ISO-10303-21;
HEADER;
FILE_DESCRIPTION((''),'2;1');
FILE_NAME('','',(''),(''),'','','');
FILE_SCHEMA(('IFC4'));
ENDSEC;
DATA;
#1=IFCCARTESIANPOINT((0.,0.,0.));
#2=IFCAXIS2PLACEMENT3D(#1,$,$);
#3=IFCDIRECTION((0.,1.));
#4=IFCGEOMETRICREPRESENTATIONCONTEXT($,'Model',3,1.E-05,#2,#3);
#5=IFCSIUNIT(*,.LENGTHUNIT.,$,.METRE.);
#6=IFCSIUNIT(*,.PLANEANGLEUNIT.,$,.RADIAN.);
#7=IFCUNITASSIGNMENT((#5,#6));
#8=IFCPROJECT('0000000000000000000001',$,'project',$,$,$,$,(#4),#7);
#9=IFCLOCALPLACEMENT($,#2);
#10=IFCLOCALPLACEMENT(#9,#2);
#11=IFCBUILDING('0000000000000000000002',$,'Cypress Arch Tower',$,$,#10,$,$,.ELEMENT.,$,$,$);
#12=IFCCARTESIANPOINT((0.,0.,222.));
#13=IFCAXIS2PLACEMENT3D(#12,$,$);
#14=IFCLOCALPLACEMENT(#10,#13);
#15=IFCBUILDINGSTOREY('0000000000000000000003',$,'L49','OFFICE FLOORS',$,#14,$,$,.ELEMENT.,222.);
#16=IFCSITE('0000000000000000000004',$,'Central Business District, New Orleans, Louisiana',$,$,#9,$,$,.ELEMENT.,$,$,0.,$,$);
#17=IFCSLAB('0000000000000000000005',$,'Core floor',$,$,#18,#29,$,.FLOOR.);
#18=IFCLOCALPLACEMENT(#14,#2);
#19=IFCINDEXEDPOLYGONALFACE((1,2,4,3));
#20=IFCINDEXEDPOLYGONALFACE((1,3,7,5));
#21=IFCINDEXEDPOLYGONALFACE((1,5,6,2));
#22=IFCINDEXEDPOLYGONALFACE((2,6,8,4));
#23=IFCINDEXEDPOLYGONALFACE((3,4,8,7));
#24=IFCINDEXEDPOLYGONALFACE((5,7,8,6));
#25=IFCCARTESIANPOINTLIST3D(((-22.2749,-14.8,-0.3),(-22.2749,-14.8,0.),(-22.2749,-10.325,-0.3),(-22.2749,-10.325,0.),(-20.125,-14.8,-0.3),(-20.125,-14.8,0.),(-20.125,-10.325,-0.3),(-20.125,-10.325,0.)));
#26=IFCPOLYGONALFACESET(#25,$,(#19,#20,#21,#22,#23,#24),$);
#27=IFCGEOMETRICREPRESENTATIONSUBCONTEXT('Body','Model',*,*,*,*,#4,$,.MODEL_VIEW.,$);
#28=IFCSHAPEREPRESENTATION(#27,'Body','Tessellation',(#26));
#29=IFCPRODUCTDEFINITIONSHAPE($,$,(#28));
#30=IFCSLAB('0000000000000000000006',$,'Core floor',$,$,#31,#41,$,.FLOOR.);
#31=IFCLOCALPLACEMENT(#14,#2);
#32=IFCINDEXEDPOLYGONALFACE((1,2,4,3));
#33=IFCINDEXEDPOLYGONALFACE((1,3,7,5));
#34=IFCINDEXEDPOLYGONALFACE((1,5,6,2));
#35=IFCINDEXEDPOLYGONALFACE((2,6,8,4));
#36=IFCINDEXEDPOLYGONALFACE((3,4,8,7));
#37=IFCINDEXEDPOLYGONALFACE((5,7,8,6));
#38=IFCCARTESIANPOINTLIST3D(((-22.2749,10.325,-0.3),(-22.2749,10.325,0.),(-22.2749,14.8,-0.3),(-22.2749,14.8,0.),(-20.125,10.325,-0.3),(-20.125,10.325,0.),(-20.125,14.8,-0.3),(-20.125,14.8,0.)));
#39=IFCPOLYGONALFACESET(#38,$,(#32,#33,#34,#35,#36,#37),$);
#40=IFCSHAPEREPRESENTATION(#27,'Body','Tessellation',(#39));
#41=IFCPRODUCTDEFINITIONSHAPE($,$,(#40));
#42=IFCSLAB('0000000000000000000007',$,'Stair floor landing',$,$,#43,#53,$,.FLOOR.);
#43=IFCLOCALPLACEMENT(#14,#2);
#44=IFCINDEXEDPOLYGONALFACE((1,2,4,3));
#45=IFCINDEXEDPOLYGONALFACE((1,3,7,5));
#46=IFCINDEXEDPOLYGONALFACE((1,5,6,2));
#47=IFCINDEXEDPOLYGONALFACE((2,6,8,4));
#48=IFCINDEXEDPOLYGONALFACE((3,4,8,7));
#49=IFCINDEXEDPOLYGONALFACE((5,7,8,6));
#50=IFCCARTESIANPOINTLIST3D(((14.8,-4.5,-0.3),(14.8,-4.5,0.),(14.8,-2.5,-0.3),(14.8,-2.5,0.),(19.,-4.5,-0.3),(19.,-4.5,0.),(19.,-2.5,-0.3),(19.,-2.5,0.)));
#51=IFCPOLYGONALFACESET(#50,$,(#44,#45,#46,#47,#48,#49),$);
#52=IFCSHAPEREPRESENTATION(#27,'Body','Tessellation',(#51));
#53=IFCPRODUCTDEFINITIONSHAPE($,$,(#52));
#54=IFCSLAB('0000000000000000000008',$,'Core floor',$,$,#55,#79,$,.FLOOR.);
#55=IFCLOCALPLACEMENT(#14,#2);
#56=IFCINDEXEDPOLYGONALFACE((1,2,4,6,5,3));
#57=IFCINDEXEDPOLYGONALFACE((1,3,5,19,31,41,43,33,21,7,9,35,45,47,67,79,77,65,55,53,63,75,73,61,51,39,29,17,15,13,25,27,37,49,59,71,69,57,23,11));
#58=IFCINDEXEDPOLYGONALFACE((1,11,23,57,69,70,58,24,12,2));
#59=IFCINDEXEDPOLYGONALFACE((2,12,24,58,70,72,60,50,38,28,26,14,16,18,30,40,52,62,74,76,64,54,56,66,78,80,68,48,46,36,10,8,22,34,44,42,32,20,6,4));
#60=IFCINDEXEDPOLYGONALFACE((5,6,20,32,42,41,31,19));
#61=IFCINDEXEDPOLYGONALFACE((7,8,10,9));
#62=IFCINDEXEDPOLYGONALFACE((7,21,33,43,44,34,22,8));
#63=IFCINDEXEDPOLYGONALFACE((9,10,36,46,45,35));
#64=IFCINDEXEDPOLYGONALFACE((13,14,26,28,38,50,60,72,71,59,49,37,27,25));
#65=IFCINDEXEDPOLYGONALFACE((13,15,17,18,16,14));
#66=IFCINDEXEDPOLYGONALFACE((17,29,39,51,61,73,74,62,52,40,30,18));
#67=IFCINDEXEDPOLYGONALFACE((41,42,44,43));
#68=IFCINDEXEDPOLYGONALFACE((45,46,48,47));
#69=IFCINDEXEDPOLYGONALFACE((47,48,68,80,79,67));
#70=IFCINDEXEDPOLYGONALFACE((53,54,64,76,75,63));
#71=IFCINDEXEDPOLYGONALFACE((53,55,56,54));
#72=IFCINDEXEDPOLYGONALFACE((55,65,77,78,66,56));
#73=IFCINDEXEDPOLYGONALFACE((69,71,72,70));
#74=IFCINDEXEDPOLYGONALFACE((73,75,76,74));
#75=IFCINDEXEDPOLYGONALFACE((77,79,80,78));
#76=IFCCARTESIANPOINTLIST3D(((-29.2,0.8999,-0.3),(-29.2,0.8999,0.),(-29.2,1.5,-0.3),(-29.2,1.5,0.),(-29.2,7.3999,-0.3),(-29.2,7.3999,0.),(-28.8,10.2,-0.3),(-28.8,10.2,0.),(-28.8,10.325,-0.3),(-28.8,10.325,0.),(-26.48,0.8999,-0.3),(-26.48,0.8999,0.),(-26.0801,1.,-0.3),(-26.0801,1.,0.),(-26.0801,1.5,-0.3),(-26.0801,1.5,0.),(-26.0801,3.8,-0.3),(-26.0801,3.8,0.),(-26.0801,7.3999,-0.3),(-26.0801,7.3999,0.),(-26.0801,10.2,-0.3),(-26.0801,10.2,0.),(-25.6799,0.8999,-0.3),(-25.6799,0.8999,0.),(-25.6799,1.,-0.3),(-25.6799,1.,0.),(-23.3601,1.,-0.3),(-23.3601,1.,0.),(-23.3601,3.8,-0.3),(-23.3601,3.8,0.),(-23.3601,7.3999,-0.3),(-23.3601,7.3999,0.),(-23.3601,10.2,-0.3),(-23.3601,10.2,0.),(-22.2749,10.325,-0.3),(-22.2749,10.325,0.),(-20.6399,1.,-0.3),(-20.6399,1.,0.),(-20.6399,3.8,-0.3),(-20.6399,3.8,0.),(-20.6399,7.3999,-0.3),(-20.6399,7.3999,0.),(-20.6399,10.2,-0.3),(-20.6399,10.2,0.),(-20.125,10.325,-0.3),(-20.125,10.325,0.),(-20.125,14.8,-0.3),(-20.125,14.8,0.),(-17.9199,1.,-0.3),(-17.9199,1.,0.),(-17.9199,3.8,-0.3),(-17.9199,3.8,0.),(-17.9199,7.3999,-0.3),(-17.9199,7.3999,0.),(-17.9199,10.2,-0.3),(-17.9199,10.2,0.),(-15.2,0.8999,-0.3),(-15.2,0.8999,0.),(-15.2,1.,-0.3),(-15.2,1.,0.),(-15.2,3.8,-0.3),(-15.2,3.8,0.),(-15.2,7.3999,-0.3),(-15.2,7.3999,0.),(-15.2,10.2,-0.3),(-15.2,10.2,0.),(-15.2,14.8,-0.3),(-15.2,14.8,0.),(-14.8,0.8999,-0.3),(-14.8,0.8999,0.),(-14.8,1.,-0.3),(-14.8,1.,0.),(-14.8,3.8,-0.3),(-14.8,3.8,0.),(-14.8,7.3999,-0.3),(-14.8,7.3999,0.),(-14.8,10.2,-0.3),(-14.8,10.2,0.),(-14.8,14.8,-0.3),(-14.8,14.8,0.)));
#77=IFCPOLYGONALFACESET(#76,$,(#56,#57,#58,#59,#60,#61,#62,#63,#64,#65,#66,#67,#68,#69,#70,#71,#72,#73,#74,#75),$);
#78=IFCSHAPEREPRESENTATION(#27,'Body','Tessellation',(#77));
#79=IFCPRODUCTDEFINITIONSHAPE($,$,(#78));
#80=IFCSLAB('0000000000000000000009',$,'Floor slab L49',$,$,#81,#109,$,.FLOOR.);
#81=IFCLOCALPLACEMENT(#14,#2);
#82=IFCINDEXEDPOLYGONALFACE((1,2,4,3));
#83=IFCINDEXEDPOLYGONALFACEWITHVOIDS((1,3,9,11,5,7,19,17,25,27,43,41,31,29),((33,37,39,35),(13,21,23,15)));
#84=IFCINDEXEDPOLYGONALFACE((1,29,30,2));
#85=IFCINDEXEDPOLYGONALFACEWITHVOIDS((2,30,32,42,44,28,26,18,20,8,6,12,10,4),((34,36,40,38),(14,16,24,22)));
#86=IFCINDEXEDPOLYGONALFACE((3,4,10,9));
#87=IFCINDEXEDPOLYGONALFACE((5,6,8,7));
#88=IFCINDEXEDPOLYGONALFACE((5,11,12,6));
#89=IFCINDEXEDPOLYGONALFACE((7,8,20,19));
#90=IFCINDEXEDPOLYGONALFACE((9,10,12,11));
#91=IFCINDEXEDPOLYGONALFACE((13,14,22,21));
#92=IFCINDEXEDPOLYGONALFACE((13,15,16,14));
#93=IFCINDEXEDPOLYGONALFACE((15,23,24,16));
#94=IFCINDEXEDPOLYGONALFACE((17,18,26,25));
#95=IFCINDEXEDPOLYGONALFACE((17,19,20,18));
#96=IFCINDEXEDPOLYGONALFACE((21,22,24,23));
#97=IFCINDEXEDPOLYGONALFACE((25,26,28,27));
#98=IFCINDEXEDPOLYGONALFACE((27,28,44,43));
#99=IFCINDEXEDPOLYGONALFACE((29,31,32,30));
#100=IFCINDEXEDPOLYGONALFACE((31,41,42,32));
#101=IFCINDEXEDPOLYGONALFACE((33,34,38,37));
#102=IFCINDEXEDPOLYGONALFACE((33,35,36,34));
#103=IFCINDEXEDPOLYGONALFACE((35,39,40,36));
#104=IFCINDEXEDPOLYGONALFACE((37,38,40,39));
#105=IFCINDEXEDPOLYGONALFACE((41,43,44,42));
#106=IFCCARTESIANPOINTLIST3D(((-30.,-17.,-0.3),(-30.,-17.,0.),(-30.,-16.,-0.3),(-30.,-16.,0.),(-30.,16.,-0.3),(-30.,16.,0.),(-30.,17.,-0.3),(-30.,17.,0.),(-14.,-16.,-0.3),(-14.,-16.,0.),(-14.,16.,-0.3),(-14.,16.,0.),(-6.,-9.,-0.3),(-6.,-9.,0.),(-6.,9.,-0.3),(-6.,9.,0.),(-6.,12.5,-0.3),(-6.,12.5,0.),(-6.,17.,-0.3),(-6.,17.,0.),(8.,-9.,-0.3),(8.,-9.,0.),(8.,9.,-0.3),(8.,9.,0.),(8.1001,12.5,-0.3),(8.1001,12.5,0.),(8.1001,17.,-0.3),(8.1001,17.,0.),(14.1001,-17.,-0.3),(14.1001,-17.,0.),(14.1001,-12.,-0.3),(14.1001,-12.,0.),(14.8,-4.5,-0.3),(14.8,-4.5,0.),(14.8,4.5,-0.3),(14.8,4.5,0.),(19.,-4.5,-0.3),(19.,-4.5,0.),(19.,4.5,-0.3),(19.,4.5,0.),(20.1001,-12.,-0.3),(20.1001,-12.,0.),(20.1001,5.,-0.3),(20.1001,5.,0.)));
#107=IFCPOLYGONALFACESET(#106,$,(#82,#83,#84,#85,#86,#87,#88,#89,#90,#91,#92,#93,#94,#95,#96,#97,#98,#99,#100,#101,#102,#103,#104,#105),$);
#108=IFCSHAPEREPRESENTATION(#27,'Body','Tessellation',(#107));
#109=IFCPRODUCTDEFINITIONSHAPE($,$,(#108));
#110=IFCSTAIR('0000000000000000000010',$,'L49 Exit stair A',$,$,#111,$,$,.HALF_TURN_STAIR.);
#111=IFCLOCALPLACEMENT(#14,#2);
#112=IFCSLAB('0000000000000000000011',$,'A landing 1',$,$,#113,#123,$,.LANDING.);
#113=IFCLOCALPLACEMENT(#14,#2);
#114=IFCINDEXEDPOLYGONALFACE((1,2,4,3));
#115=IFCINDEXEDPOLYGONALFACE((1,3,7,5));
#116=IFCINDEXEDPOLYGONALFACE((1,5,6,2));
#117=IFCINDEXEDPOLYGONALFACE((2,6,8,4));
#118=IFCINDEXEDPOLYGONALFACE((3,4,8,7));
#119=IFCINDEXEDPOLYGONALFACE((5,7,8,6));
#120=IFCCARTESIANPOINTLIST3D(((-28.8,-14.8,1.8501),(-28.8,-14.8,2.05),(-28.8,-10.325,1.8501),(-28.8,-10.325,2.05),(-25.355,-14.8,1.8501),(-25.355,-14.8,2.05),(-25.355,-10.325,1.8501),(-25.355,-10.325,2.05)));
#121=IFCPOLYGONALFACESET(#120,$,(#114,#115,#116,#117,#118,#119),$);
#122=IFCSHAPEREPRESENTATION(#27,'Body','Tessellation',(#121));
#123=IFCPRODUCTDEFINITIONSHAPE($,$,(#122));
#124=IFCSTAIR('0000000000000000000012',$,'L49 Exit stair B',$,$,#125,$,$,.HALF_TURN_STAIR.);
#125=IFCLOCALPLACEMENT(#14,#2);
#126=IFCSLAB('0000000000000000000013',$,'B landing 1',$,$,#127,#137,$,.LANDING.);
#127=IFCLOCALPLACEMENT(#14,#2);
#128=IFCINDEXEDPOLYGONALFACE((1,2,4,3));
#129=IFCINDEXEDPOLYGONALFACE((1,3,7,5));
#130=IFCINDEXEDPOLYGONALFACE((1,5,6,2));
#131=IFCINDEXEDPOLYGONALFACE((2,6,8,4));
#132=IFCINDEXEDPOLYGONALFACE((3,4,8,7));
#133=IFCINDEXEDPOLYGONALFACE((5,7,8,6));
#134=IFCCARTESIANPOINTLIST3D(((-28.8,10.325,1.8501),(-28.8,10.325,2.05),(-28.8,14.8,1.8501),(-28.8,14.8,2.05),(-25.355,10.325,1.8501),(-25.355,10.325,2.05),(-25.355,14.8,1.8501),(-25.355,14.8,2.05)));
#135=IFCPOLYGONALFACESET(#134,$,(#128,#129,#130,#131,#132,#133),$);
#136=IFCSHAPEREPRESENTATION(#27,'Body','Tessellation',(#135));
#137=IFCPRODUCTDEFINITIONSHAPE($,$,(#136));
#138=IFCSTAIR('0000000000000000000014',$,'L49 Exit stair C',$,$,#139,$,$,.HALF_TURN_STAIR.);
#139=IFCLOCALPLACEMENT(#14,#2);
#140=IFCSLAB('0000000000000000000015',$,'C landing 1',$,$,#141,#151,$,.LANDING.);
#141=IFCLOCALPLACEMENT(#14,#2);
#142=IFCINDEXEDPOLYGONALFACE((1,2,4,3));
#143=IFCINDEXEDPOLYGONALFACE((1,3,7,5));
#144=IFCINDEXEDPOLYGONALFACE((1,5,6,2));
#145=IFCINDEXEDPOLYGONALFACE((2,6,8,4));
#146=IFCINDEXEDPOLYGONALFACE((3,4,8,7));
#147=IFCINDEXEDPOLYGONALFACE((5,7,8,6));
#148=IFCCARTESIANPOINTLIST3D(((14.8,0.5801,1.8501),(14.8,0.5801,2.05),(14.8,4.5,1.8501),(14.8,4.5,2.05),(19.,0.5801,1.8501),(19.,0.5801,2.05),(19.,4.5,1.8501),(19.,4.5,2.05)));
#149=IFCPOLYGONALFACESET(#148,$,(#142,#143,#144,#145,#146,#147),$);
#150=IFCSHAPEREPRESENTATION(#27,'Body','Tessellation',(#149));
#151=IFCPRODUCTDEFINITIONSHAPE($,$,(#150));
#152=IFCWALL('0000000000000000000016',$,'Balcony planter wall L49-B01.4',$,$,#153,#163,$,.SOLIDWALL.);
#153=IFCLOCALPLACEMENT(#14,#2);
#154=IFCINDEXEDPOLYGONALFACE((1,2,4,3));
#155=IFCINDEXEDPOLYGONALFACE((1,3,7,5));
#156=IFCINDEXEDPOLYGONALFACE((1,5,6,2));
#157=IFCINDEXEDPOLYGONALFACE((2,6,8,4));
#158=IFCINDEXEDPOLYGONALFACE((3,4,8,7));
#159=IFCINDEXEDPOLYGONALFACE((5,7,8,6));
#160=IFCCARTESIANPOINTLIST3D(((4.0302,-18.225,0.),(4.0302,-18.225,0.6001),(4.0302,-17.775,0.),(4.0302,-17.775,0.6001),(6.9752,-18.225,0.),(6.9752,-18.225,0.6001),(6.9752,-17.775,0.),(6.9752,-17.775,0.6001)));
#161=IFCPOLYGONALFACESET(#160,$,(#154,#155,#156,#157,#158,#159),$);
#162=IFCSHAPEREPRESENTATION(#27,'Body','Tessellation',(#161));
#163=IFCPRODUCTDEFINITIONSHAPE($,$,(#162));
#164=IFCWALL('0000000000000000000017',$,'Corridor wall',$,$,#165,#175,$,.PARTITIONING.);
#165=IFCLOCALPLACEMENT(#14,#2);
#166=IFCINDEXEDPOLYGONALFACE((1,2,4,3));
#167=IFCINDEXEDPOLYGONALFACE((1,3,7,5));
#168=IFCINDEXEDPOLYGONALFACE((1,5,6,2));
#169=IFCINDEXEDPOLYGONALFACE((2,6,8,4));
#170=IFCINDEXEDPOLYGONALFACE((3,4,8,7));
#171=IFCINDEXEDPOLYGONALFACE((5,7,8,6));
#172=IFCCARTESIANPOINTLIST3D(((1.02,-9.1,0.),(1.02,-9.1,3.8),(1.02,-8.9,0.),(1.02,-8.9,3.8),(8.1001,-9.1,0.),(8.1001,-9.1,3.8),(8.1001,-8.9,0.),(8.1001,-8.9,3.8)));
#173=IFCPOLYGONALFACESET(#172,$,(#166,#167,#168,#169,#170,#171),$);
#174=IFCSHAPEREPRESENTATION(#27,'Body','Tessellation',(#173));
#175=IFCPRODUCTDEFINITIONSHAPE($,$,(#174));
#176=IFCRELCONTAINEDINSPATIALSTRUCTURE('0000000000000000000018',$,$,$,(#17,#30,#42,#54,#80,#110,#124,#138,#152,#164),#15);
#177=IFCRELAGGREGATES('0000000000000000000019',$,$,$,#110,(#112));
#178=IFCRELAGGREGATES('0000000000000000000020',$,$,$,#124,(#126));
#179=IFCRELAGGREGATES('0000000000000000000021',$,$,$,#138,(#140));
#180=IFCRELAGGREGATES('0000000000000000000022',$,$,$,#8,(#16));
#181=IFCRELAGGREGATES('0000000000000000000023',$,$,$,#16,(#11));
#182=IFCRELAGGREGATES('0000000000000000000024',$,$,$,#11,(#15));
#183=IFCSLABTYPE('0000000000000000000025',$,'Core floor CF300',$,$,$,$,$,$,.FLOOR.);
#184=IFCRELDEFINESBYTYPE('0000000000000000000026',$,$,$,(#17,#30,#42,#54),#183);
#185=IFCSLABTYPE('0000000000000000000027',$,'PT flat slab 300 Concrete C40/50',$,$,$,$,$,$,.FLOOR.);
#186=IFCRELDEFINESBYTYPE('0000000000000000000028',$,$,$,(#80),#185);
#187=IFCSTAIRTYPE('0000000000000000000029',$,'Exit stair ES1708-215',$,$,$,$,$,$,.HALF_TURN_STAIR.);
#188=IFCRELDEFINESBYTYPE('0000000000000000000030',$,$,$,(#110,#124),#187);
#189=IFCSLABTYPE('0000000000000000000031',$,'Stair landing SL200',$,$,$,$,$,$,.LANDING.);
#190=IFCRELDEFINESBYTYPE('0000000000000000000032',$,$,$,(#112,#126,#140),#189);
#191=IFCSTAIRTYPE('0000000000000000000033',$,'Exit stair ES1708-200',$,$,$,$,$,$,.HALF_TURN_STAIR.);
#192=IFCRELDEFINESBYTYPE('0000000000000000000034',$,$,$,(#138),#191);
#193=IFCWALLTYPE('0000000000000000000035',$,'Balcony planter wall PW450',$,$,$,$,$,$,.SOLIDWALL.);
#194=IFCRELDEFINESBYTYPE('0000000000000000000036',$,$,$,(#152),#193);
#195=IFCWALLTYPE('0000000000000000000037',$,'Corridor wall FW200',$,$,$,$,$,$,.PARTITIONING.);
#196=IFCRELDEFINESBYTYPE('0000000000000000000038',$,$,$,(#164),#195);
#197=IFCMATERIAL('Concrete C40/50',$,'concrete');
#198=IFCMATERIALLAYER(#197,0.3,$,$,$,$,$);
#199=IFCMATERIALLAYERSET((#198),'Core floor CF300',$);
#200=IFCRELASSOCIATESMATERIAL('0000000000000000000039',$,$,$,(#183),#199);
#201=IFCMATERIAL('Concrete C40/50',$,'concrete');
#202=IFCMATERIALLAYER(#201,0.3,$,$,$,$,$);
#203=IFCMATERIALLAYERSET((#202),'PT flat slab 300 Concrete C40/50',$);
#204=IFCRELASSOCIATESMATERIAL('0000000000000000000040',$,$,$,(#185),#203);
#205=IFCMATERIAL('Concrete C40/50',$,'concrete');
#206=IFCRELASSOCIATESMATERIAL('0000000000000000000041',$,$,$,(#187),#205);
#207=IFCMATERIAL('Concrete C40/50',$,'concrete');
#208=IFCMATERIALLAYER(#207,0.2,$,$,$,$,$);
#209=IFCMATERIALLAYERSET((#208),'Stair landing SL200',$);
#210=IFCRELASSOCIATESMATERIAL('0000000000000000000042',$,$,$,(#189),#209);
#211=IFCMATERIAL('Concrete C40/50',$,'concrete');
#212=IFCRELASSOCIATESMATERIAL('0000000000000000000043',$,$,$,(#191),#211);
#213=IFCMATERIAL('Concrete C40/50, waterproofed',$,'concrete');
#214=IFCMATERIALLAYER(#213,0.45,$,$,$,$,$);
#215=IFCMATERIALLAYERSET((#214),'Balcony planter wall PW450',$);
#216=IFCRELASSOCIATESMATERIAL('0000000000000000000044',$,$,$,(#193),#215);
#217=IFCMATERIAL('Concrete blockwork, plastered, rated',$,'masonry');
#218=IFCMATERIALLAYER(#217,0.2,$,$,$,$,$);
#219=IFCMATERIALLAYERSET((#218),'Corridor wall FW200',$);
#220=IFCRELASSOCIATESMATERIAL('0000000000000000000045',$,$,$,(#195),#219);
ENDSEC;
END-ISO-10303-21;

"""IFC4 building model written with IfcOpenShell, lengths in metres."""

from ifc_helpers import new_model, si_unit, direction, frame, frame_2d, origin, place, context, subcontext, project, spatial, polyline, rectangle, outline, extrude, material, layer, layer_set, type_object, element, aggregate, save


model = new_model("IFC4")

# Units and contexts
model_context = context("Model", 3, precision=1e-05, world=origin(), true_north=direction((0.0, 1.0)))
body_context = subcontext(model_context, "Body", "Model", "MODEL_VIEW")
ifc_project = project(units=[si_unit("LENGTHUNIT", "METRE"), si_unit("PLANEANGLEUNIT", "RADIAN")], contexts=[model_context])

# Site, building, storey
site_placement = place(None, origin())
site = spatial("IfcSite", under=ifc_project, at=site_placement, Name="Central Business District, New Orleans, Louisiana", CompositionType="ELEMENT", RefElevation=0.0)
building_placement = place(site_placement, origin())
building = spatial("IfcBuilding", under=site, at=building_placement, Name="Cypress Arch Tower", CompositionType="ELEMENT")
storey_placement = place(building_placement, frame((0.0, 0.0, 222.0)))
storey = spatial("IfcBuildingStorey", under=building, at=storey_placement, Name="L49", Description="OFFICE FLOORS", CompositionType="ELEMENT", Elevation=222.0)

# Slabs
ifc_material_1 = material(Name="Concrete C40/50", Category="concrete")
ifc_layer_1 = layer(ifc_material_1, 0.3)
ifc_layer_set_1 = layer_set([ifc_layer_1], Name="Core floor CF300")
slab_type_1 = type_object("IfcSlabType", Name="Core floor CF300", PredefinedType="FLOOR", material=ifc_layer_set_1)
slab_1_placement = place(storey_placement, frame((0.0, 0.0, -0.3)))
element("IfcSlab", 1, at=slab_1_placement, inside=storey, type_object=slab_type_1, Name="Core floor", PredefinedType="FLOOR", context=body_context, shape_type="SweptSolid", body=[
    extrude(outline(polyline([(-22.2749, -10.325), (-22.2749, -14.8), (-20.125, -14.8), (-20.125, -10.325), (-22.2749, -10.325)])), origin(), (0.0, 0.0, 1.0), 0.3),
])
slab_2_placement = place(storey_placement, frame((0.0, 0.0, -0.3)))
element("IfcSlab", 2, at=slab_2_placement, inside=storey, type_object=slab_type_1, Name="Core floor", PredefinedType="FLOOR", context=body_context, shape_type="SweptSolid", body=[
    extrude(outline(polyline([(-20.125, 14.8), (-22.2749, 14.8), (-22.2749, 10.325), (-20.125, 10.325), (-20.125, 14.8)])), origin(), (0.0, 0.0, 1.0), 0.3),
])
slab_3_placement = place(storey_placement, frame((0.0, 0.0, -0.3)))
element("IfcSlab", 3, at=slab_3_placement, inside=storey, type_object=slab_type_1, Name="Stair floor landing", PredefinedType="FLOOR", context=body_context, shape_type="SweptSolid", body=[
    extrude(outline(polyline([(19.0, -4.5), (19.0, -2.5), (14.8, -2.5), (14.8, -4.5), (19.0, -4.5)])), origin(), (0.0, 0.0, 1.0), 0.3),
])
slab_4_placement = place(storey_placement, frame((0.0, 0.0, -0.3)))
element("IfcSlab", 4, at=slab_4_placement, inside=storey, type_object=slab_type_1, Name="Core floor", PredefinedType="FLOOR", context=body_context, shape_type="SweptSolid", body=[
    extrude(outline(polyline([(-20.6399, 7.3999), (-20.6399, 10.2), (-23.3601, 10.2), (-26.0801, 10.2), (-28.8, 10.2), (-28.8, 10.325), (-22.2749, 10.325), (-20.125, 10.325), (-20.125, 14.8), (-15.2, 14.8), (-14.8, 14.8), (-14.8, 10.2), (-15.2, 10.2), (-17.9199, 10.2), (-17.9199, 7.3999), (-15.2, 7.3999), (-14.8, 7.3999), (-14.8, 3.8), (-15.2, 3.8), (-17.9199, 3.8), (-20.6399, 3.8), (-23.3601, 3.8), (-26.0801, 3.8), (-26.0801, 1.5), (-26.0801, 1.5), (-26.0801, 1.0), (-25.6799, 1.0), (-23.3601, 1.0), (-20.6399, 1.0), (-17.9199, 1.0), (-15.2, 1.0), (-14.8, 1.0), (-14.8, 0.8999), (-15.2, 0.8999), (-25.6799, 0.8999), (-26.48, 0.8999), (-29.2, 0.8999), (-29.2, 1.5), (-29.2, 7.3999), (-26.0801, 7.3999), (-23.3601, 7.3999), (-20.6399, 7.3999)])), origin(), (0.0, 0.0, 1.0), 0.3),
])
ifc_material_2 = material(Name="Concrete C40/50", Category="concrete")
ifc_layer_2 = layer(ifc_material_2, 0.3)
ifc_layer_set_2 = layer_set([ifc_layer_2], Name="PT flat slab 300 Concrete C40/50")
slab_type_2 = type_object("IfcSlabType", Name="PT flat slab 300 Concrete C40/50", PredefinedType="FLOOR", material=ifc_layer_set_2)
slab_5_placement = place(storey_placement, frame((0.0, 0.0, -0.3)))
element("IfcSlab", 5, at=slab_5_placement, inside=storey, type_object=slab_type_2, Name="Floor slab L49", PredefinedType="FLOOR", context=body_context, shape_type="SweptSolid", body=[
    extrude(outline(polyline([(-30.0, 17.0), (-6.0, 17.0), (-6.0, 12.5), (8.1001, 12.5), (8.1001, 17.0), (20.1001, 5.0), (20.1001, -12.0), (14.1001, -12.0), (14.1001, -17.0), (-30.0, -17.0), (-30.0, -16.0), (-14.0, -16.0), (-14.0, 16.0), (-30.0, 16.0), (-30.0, 17.0)]), holes=[polyline([(-6.0, -9.0), (8.0, -9.0), (8.0, 9.0), (-6.0, 9.0), (-6.0, -9.0)]), polyline([(14.8, -4.5), (19.0, -4.5), (19.0, 4.5), (14.8, 4.5), (14.8, -4.5)])]), origin(), (0.0, 0.0, 1.0), 0.3),
])

# Stairs, slabs
ifc_material_3 = material(Name="Concrete C40/50", Category="concrete")
stair_type_1 = type_object("IfcStairType", Name="Exit stair ES1708-215", PredefinedType="HALF_TURN_STAIR", material=ifc_material_3)
stair_1_placement = place(storey_placement, origin())
stair_1 = element("IfcStair", 6, at=stair_1_placement, inside=storey, type_object=stair_type_1, Name="L49 Exit stair A", PredefinedType="HALF_TURN_STAIR")
ifc_material_4 = material(Name="Concrete C40/50", Category="concrete")
ifc_layer_3 = layer(ifc_material_4, 0.2)
ifc_layer_set_3 = layer_set([ifc_layer_3], Name="Stair landing SL200")
slab_type_3 = type_object("IfcSlabType", Name="Stair landing SL200", PredefinedType="LANDING", material=ifc_layer_set_3)
slab_6_placement = place(storey_placement, frame((0.0, 0.0, 1.8501)))
slab_6 = element("IfcSlab", 7, at=slab_6_placement, type_object=slab_type_3, Name="A landing 1", PredefinedType="LANDING", context=body_context, shape_type="SweptSolid", body=[
    extrude(outline(polyline([(-25.355, -10.325), (-28.8, -10.325), (-28.8, -14.8), (-25.355, -14.8), (-25.355, -10.325)])), origin(), (0.0, 0.0, 1.0), 0.2),
])
aggregate(stair_1, [slab_6])
stair_2_placement = place(storey_placement, origin())
stair_2 = element("IfcStair", 8, at=stair_2_placement, inside=storey, type_object=stair_type_1, Name="L49 Exit stair B", PredefinedType="HALF_TURN_STAIR")
slab_7_placement = place(storey_placement, frame((0.0, 0.0, 1.8501)))
slab_7 = element("IfcSlab", 9, at=slab_7_placement, type_object=slab_type_3, Name="B landing 1", PredefinedType="LANDING", context=body_context, shape_type="SweptSolid", body=[
    extrude(outline(polyline([(-25.355, 14.8), (-28.8, 14.8), (-28.8, 10.325), (-25.355, 10.325), (-25.355, 14.8)])), origin(), (0.0, 0.0, 1.0), 0.2),
])
aggregate(stair_2, [slab_7])
ifc_material_5 = material(Name="Concrete C40/50", Category="concrete")
stair_type_2 = type_object("IfcStairType", Name="Exit stair ES1708-200", PredefinedType="HALF_TURN_STAIR", material=ifc_material_5)
stair_3_placement = place(storey_placement, origin())
stair_3 = element("IfcStair", 10, at=stair_3_placement, inside=storey, type_object=stair_type_2, Name="L49 Exit stair C", PredefinedType="HALF_TURN_STAIR")
slab_8_placement = place(storey_placement, frame((0.0, 0.0, 1.8501)))
slab_8 = element("IfcSlab", 11, at=slab_8_placement, type_object=slab_type_3, Name="C landing 1", PredefinedType="LANDING", context=body_context, shape_type="SweptSolid", body=[
    extrude(outline(polyline([(19.0, 0.5801), (19.0, 4.5), (14.8, 4.5), (14.8, 0.5801), (19.0, 0.5801)])), origin(), (0.0, 0.0, 1.0), 0.2),
])
aggregate(stair_3, [slab_8])

# Wall
ifc_material_6 = material(Name="Concrete C40/50, waterproofed", Category="concrete")
ifc_layer_4 = layer(ifc_material_6, 0.45)
ifc_layer_set_4 = layer_set([ifc_layer_4], Name="Balcony planter wall PW450")
wall_type_1 = type_object("IfcWallType", Name="Balcony planter wall PW450", PredefinedType="SOLIDWALL", material=ifc_layer_set_4)
wall_1_placement = place(storey_placement, frame((4.03, -18.0, 0.0), z_axis=(0.0, 0.0, 1.0), x_axis=(1.0, 0.0, 0.0)))
element("IfcWall", 12, at=wall_1_placement, inside=storey, type_object=wall_type_1, Name="Balcony planter wall L49-B01.4", PredefinedType="SOLIDWALL", context=body_context, shape_type="SweptSolid", body=[
    extrude(rectangle(XDim=2.9451, YDim=0.45, at=frame_2d((1.4727, 0.0))), origin(), (0.0, 0.0, 1.0), 0.6001),
])

# Wall
ifc_material_7 = material(Name="Concrete blockwork, plastered, rated", Category="masonry")
ifc_layer_5 = layer(ifc_material_7, 0.2)
ifc_layer_set_5 = layer_set([ifc_layer_5], Name="Corridor wall FW200")
wall_type_2 = type_object("IfcWallType", Name="Corridor wall FW200", PredefinedType="PARTITIONING", material=ifc_layer_set_5)
wall_2_placement = place(storey_placement, frame((1.02, -9.0, 0.0), z_axis=(0.0, 0.0, 1.0), x_axis=(1.0, 0.0, 0.0)))
element("IfcWall", 13, at=wall_2_placement, inside=storey, type_object=wall_type_2, Name="Corridor wall", PredefinedType="PARTITIONING", context=body_context, shape_type="SweptSolid", body=[
    extrude(rectangle(XDim=7.0801, YDim=0.2, at=frame_2d((3.54, 0.0))), origin(), (0.0, 0.0, 1.0), 3.8),
])

save(model, "model.ifc")
